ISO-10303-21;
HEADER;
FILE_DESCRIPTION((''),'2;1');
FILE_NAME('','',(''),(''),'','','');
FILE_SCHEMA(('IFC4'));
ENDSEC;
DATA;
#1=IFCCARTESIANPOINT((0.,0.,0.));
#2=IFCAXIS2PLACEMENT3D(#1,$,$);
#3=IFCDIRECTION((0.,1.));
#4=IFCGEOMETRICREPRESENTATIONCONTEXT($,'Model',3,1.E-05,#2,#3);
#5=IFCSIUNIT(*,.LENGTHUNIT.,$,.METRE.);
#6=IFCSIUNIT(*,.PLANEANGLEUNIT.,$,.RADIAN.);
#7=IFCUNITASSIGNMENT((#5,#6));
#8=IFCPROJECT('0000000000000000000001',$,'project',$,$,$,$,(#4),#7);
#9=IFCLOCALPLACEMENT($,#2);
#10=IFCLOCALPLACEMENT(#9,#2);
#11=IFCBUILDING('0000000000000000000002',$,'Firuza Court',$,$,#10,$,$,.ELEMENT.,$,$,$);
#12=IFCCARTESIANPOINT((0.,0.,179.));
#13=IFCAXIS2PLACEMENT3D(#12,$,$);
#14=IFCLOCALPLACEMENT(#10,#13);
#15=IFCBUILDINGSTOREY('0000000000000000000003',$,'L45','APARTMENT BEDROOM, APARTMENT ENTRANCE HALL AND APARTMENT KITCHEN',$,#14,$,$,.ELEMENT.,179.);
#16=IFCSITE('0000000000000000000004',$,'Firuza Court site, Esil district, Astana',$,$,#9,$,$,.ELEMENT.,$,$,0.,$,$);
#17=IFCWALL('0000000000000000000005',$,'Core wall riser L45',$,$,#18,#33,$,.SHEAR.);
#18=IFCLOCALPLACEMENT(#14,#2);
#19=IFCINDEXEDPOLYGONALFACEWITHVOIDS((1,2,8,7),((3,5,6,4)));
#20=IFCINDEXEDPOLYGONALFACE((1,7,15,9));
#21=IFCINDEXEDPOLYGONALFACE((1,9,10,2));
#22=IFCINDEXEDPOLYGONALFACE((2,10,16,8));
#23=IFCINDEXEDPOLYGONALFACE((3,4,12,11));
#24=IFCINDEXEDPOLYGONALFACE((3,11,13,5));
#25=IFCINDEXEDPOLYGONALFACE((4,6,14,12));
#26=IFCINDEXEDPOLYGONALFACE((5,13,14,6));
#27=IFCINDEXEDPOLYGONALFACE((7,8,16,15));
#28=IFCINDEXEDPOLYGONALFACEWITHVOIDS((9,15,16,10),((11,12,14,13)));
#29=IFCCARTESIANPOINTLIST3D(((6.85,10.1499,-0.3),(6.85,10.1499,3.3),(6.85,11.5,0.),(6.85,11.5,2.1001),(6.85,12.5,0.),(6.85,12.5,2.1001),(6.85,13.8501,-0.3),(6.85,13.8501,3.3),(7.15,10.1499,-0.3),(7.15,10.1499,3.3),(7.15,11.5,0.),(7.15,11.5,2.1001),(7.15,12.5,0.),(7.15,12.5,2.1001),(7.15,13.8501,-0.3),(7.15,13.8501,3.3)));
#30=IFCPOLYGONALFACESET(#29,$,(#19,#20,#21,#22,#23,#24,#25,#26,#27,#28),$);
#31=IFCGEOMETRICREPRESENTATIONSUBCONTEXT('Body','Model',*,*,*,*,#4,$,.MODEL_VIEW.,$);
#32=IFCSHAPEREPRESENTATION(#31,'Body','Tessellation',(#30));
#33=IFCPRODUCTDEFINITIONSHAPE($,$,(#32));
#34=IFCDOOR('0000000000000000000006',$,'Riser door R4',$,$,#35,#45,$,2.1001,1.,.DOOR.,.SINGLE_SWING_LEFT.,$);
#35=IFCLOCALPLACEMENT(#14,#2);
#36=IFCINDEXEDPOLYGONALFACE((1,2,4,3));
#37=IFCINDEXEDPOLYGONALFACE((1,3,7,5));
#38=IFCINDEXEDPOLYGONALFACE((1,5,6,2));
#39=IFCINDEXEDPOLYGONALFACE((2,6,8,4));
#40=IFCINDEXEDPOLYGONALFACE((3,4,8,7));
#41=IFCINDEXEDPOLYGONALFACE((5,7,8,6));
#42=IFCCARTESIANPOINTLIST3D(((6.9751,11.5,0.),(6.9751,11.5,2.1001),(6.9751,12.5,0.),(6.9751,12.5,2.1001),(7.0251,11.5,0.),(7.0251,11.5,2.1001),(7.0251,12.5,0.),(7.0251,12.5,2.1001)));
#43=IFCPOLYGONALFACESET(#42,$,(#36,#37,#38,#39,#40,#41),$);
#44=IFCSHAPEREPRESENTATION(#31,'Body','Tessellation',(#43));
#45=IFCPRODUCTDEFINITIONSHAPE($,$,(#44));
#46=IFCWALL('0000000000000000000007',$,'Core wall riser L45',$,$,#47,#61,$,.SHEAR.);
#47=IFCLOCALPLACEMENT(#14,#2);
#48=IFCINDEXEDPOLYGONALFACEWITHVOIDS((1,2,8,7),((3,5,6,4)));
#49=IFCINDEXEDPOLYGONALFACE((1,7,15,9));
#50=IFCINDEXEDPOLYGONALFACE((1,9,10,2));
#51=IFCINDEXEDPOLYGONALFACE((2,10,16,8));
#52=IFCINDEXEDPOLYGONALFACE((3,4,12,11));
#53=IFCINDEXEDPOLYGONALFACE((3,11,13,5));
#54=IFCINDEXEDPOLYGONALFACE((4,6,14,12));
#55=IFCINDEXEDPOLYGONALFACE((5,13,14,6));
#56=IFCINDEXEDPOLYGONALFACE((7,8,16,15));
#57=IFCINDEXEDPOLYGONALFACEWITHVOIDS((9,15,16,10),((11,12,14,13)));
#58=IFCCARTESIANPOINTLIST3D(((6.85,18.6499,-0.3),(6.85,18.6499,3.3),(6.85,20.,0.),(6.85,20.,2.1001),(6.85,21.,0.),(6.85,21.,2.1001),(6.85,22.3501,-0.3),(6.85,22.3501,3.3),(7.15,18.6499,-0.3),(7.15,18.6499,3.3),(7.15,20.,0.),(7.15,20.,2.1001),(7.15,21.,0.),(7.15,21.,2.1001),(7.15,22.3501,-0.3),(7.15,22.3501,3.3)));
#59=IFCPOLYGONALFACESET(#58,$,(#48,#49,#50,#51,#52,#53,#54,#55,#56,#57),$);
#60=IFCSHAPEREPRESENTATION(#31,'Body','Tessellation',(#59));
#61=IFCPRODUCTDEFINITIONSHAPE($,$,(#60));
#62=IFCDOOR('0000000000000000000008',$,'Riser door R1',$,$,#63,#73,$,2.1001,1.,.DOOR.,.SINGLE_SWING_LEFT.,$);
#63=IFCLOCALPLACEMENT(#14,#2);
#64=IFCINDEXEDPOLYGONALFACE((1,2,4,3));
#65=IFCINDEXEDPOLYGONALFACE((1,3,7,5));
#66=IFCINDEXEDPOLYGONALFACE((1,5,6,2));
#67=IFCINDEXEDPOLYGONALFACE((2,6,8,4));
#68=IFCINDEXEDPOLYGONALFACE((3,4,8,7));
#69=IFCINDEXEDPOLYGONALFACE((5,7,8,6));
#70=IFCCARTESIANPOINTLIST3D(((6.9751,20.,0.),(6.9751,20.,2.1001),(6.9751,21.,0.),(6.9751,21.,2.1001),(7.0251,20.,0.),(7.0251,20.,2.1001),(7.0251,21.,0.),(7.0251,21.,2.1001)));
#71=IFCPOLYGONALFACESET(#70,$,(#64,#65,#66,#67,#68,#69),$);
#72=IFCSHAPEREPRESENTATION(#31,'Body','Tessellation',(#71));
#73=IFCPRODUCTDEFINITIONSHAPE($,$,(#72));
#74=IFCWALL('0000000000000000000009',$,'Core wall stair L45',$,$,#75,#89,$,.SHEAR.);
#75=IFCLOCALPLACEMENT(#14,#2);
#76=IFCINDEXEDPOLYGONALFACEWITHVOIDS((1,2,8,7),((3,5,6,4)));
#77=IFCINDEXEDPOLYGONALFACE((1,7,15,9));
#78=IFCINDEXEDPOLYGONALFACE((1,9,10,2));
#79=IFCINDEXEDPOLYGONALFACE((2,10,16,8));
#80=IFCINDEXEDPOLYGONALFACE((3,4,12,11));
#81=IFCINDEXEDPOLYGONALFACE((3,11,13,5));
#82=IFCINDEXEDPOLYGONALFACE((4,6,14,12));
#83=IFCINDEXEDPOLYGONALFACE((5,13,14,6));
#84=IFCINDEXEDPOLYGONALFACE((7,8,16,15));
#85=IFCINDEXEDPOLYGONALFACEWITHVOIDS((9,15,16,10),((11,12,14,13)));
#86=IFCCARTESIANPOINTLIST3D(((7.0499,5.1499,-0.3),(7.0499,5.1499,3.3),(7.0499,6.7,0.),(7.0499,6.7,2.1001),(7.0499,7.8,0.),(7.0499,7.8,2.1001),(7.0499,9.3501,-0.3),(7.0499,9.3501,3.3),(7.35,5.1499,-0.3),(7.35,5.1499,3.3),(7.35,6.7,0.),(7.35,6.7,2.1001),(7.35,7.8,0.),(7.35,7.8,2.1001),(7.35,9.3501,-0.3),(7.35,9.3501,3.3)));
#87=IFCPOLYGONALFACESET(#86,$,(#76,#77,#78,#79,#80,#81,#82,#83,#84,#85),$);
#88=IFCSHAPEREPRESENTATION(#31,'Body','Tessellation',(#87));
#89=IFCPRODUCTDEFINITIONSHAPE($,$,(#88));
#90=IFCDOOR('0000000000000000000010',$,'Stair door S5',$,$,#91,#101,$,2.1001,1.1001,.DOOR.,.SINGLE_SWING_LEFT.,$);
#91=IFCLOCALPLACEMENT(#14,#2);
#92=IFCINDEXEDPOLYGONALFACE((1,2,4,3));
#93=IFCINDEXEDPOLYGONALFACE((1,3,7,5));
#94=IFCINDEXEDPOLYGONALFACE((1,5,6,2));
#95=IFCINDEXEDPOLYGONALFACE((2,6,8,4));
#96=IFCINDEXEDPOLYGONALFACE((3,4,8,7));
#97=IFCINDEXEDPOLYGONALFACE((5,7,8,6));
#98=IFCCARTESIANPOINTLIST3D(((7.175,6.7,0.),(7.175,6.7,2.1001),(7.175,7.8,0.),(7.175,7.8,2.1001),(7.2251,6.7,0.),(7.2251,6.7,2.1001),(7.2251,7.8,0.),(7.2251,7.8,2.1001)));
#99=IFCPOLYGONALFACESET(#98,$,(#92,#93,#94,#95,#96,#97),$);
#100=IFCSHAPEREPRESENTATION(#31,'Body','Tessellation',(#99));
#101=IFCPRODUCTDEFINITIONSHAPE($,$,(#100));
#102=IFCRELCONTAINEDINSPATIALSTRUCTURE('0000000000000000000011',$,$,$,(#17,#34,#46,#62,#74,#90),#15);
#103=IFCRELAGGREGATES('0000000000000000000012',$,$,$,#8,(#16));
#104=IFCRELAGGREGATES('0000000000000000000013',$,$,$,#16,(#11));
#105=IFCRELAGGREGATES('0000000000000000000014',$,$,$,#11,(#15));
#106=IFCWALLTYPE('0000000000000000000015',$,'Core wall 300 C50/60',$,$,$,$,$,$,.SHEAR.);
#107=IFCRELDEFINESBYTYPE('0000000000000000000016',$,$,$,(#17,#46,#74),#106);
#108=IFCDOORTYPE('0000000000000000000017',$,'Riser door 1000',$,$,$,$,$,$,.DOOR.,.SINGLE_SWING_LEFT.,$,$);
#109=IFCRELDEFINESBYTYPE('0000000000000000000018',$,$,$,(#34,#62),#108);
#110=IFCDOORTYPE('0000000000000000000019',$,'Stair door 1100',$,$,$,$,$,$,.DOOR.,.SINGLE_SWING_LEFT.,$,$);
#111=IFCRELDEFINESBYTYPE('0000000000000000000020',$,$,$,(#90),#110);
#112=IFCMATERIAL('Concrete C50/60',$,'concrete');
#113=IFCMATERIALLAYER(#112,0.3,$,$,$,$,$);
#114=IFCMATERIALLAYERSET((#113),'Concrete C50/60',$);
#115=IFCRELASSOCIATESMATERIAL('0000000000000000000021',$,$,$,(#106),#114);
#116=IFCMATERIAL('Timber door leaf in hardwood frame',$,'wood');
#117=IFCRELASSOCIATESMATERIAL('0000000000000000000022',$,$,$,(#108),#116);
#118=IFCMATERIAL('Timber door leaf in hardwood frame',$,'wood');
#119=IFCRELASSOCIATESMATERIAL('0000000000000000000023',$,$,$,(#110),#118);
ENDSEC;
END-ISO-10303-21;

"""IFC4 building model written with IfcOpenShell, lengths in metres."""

from ifc_helpers import new_model, si_unit, direction, frame, frame_2d, origin, place, context, subcontext, project, spatial, rectangle, extrude, material, layer, layer_set, type_object, element, fill, save


model = new_model("IFC4")

# Units and contexts
model_context = context("Model", 3, precision=1e-05, world=origin(), true_north=direction((0.0, 1.0)))
body_context = subcontext(model_context, "Body", "Model", "MODEL_VIEW")
ifc_project = project(units=[si_unit("LENGTHUNIT", "METRE"), si_unit("PLANEANGLEUNIT", "RADIAN")], contexts=[model_context])

# Site, building, storey
site_placement = place(None, origin())
site = spatial("IfcSite", under=ifc_project, at=site_placement, Name="Firuza Court site, Esil district, Astana", CompositionType="ELEMENT", RefElevation=0.0)
building_placement = place(site_placement, origin())
building = spatial("IfcBuilding", under=site, at=building_placement, Name="Firuza Court", CompositionType="ELEMENT")
storey_placement = place(building_placement, frame((0.0, 0.0, 179.0)))
storey = spatial("IfcBuildingStorey", under=building, at=storey_placement, Name="L45", Description="APARTMENT BEDROOM, APARTMENT ENTRANCE HALL AND APARTMENT KITCHEN", CompositionType="ELEMENT", Elevation=179.0)

# Shared definitions
ifc_material_1 = material(Name="Concrete C50/60", Category="concrete")
ifc_layer_1 = layer(ifc_material_1, 0.3)
ifc_layer_set_1 = layer_set([ifc_layer_1], Name="Concrete C50/60")
wall_type_1 = type_object("IfcWallType", Name="Core wall 300 C50/60", PredefinedType="SHEAR", material=ifc_layer_set_1)

# Walls, openings, doors
wall_1_placement = place(storey_placement, frame((7.0, 10.1499, -0.3), z_axis=(0.0, 0.0, 1.0), x_axis=(0.0, 1.0, 0.0)))
wall_1 = element("IfcWall", 1, at=wall_1_placement, inside=storey, type_object=wall_type_1, Name="Core wall riser L45", PredefinedType="SHEAR", context=body_context, shape_type="SweptSolid", body=[
    extrude(rectangle(XDim=3.7002, YDim=0.3, at=frame_2d((1.8501, 0.0))), origin(), (0.0, 0.0, 1.0), 3.6001),
])
opening_1_placement = place(wall_1_placement, frame((1.3501, 0.0, 0.3)))
opening_1 = element("IfcOpeningElement", 2, at=opening_1_placement, cuts=wall_1, PredefinedType="OPENING", context=body_context, shape_type="SweptSolid", body=[
    extrude(rectangle(XDim=1.0, YDim=2.1001, at=frame_2d((0.5, 1.05))), frame((0.0, 0.1621, 0.0), z_axis=(0.0, -1.0, 0.0), x_axis=(1.0, 0.0, 0.0)), (0.0, 0.0, 1.0), 0.324),
])
ifc_material_2 = material(Name="Timber door leaf in hardwood frame", Category="wood")
door_type_1 = type_object("IfcDoorType", Name="Riser door 1000", OperationType="SINGLE_SWING_LEFT", PredefinedType="DOOR", material=ifc_material_2)
door_1_placement = place(opening_1_placement, origin())
door_1 = element("IfcDoor", 3, at=door_1_placement, inside=storey, type_object=door_type_1, Name="Riser door R4", OperationType="SINGLE_SWING_LEFT", OverallHeight=2.1001, OverallWidth=1.0, PredefinedType="DOOR", context=body_context, shape_type="SweptSolid", body=[
    extrude(rectangle(XDim=1.0, YDim=2.1001, at=frame_2d((0.5, 1.05))), frame((0.0, 0.0249, 0.0), z_axis=(0.0, -1.0, 0.0), x_axis=(1.0, 0.0, 0.0)), (0.0, 0.0, 1.0), 0.05),
])
fill(opening_1, door_1)
wall_2_placement = place(storey_placement, frame((7.0, 18.6499, -0.3), z_axis=(0.0, 0.0, 1.0), x_axis=(0.0, 1.0, 0.0)))
wall_2 = element("IfcWall", 4, at=wall_2_placement, inside=storey, type_object=wall_type_1, Name="Core wall riser L45", PredefinedType="SHEAR", context=body_context, shape_type="SweptSolid", body=[
    extrude(rectangle(XDim=3.7002, YDim=0.3, at=frame_2d((1.8501, 0.0))), origin(), (0.0, 0.0, 1.0), 3.6001),
])
opening_2_placement = place(wall_2_placement, frame((1.3501, 0.0, 0.3)))
opening_2 = element("IfcOpeningElement", 5, at=opening_2_placement, cuts=wall_2, PredefinedType="OPENING", context=body_context, shape_type="SweptSolid", body=[
    extrude(rectangle(XDim=1.0, YDim=2.1001, at=frame_2d((0.5, 1.05))), frame((0.0, 0.1621, 0.0), z_axis=(0.0, -1.0, 0.0), x_axis=(1.0, 0.0, 0.0)), (0.0, 0.0, 1.0), 0.324),
])
door_2_placement = place(opening_2_placement, origin())
door_2 = element("IfcDoor", 6, at=door_2_placement, inside=storey, type_object=door_type_1, Name="Riser door R1", OperationType="SINGLE_SWING_LEFT", OverallHeight=2.1001, OverallWidth=1.0, PredefinedType="DOOR", context=body_context, shape_type="SweptSolid", body=[
    extrude(rectangle(XDim=1.0, YDim=2.1001, at=frame_2d((0.5, 1.05))), frame((0.0, 0.0249, 0.0), z_axis=(0.0, -1.0, 0.0), x_axis=(1.0, 0.0, 0.0)), (0.0, 0.0, 1.0), 0.05),
])
fill(opening_2, door_2)
wall_3_placement = place(storey_placement, frame((7.2, 5.1499, -0.3), z_axis=(0.0, 0.0, 1.0), x_axis=(0.0, 1.0, 0.0)))
wall_3 = element("IfcWall", 7, at=wall_3_placement, inside=storey, type_object=wall_type_1, Name="Core wall stair L45", PredefinedType="SHEAR", context=body_context, shape_type="SweptSolid", body=[
    extrude(rectangle(XDim=4.2002, YDim=0.3, at=frame_2d((2.1001, 0.0))), origin(), (0.0, 0.0, 1.0), 3.6001),
])
opening_3_placement = place(wall_3_placement, frame((1.55, 0.0, 0.3)))
opening_3 = element("IfcOpeningElement", 8, at=opening_3_placement, cuts=wall_3, PredefinedType="OPENING", context=body_context, shape_type="SweptSolid", body=[
    extrude(rectangle(XDim=1.1001, YDim=2.1001, at=frame_2d((0.55, 1.05))), frame((0.0, 0.1621, 0.0), z_axis=(0.0, -1.0, 0.0), x_axis=(1.0, 0.0, 0.0)), (0.0, 0.0, 1.0), 0.324),
])
ifc_material_3 = material(Name="Timber door leaf in hardwood frame", Category="wood")
door_type_2 = type_object("IfcDoorType", Name="Stair door 1100", OperationType="SINGLE_SWING_LEFT", PredefinedType="DOOR", material=ifc_material_3)
door_3_placement = place(opening_3_placement, origin())
door_3 = element("IfcDoor", 9, at=door_3_placement, inside=storey, type_object=door_type_2, Name="Stair door S5", OperationType="SINGLE_SWING_LEFT", OverallHeight=2.1001, OverallWidth=1.1001, PredefinedType="DOOR", context=body_context, shape_type="SweptSolid", body=[
    extrude(rectangle(XDim=1.1001, YDim=2.1001, at=frame_2d((0.55, 1.05))), frame((0.0, 0.0249, 0.0), z_axis=(0.0, -1.0, 0.0), x_axis=(1.0, 0.0, 0.0)), (0.0, 0.0, 1.0), 0.05),
])
fill(opening_3, door_3)

save(model, "model.ifc")
